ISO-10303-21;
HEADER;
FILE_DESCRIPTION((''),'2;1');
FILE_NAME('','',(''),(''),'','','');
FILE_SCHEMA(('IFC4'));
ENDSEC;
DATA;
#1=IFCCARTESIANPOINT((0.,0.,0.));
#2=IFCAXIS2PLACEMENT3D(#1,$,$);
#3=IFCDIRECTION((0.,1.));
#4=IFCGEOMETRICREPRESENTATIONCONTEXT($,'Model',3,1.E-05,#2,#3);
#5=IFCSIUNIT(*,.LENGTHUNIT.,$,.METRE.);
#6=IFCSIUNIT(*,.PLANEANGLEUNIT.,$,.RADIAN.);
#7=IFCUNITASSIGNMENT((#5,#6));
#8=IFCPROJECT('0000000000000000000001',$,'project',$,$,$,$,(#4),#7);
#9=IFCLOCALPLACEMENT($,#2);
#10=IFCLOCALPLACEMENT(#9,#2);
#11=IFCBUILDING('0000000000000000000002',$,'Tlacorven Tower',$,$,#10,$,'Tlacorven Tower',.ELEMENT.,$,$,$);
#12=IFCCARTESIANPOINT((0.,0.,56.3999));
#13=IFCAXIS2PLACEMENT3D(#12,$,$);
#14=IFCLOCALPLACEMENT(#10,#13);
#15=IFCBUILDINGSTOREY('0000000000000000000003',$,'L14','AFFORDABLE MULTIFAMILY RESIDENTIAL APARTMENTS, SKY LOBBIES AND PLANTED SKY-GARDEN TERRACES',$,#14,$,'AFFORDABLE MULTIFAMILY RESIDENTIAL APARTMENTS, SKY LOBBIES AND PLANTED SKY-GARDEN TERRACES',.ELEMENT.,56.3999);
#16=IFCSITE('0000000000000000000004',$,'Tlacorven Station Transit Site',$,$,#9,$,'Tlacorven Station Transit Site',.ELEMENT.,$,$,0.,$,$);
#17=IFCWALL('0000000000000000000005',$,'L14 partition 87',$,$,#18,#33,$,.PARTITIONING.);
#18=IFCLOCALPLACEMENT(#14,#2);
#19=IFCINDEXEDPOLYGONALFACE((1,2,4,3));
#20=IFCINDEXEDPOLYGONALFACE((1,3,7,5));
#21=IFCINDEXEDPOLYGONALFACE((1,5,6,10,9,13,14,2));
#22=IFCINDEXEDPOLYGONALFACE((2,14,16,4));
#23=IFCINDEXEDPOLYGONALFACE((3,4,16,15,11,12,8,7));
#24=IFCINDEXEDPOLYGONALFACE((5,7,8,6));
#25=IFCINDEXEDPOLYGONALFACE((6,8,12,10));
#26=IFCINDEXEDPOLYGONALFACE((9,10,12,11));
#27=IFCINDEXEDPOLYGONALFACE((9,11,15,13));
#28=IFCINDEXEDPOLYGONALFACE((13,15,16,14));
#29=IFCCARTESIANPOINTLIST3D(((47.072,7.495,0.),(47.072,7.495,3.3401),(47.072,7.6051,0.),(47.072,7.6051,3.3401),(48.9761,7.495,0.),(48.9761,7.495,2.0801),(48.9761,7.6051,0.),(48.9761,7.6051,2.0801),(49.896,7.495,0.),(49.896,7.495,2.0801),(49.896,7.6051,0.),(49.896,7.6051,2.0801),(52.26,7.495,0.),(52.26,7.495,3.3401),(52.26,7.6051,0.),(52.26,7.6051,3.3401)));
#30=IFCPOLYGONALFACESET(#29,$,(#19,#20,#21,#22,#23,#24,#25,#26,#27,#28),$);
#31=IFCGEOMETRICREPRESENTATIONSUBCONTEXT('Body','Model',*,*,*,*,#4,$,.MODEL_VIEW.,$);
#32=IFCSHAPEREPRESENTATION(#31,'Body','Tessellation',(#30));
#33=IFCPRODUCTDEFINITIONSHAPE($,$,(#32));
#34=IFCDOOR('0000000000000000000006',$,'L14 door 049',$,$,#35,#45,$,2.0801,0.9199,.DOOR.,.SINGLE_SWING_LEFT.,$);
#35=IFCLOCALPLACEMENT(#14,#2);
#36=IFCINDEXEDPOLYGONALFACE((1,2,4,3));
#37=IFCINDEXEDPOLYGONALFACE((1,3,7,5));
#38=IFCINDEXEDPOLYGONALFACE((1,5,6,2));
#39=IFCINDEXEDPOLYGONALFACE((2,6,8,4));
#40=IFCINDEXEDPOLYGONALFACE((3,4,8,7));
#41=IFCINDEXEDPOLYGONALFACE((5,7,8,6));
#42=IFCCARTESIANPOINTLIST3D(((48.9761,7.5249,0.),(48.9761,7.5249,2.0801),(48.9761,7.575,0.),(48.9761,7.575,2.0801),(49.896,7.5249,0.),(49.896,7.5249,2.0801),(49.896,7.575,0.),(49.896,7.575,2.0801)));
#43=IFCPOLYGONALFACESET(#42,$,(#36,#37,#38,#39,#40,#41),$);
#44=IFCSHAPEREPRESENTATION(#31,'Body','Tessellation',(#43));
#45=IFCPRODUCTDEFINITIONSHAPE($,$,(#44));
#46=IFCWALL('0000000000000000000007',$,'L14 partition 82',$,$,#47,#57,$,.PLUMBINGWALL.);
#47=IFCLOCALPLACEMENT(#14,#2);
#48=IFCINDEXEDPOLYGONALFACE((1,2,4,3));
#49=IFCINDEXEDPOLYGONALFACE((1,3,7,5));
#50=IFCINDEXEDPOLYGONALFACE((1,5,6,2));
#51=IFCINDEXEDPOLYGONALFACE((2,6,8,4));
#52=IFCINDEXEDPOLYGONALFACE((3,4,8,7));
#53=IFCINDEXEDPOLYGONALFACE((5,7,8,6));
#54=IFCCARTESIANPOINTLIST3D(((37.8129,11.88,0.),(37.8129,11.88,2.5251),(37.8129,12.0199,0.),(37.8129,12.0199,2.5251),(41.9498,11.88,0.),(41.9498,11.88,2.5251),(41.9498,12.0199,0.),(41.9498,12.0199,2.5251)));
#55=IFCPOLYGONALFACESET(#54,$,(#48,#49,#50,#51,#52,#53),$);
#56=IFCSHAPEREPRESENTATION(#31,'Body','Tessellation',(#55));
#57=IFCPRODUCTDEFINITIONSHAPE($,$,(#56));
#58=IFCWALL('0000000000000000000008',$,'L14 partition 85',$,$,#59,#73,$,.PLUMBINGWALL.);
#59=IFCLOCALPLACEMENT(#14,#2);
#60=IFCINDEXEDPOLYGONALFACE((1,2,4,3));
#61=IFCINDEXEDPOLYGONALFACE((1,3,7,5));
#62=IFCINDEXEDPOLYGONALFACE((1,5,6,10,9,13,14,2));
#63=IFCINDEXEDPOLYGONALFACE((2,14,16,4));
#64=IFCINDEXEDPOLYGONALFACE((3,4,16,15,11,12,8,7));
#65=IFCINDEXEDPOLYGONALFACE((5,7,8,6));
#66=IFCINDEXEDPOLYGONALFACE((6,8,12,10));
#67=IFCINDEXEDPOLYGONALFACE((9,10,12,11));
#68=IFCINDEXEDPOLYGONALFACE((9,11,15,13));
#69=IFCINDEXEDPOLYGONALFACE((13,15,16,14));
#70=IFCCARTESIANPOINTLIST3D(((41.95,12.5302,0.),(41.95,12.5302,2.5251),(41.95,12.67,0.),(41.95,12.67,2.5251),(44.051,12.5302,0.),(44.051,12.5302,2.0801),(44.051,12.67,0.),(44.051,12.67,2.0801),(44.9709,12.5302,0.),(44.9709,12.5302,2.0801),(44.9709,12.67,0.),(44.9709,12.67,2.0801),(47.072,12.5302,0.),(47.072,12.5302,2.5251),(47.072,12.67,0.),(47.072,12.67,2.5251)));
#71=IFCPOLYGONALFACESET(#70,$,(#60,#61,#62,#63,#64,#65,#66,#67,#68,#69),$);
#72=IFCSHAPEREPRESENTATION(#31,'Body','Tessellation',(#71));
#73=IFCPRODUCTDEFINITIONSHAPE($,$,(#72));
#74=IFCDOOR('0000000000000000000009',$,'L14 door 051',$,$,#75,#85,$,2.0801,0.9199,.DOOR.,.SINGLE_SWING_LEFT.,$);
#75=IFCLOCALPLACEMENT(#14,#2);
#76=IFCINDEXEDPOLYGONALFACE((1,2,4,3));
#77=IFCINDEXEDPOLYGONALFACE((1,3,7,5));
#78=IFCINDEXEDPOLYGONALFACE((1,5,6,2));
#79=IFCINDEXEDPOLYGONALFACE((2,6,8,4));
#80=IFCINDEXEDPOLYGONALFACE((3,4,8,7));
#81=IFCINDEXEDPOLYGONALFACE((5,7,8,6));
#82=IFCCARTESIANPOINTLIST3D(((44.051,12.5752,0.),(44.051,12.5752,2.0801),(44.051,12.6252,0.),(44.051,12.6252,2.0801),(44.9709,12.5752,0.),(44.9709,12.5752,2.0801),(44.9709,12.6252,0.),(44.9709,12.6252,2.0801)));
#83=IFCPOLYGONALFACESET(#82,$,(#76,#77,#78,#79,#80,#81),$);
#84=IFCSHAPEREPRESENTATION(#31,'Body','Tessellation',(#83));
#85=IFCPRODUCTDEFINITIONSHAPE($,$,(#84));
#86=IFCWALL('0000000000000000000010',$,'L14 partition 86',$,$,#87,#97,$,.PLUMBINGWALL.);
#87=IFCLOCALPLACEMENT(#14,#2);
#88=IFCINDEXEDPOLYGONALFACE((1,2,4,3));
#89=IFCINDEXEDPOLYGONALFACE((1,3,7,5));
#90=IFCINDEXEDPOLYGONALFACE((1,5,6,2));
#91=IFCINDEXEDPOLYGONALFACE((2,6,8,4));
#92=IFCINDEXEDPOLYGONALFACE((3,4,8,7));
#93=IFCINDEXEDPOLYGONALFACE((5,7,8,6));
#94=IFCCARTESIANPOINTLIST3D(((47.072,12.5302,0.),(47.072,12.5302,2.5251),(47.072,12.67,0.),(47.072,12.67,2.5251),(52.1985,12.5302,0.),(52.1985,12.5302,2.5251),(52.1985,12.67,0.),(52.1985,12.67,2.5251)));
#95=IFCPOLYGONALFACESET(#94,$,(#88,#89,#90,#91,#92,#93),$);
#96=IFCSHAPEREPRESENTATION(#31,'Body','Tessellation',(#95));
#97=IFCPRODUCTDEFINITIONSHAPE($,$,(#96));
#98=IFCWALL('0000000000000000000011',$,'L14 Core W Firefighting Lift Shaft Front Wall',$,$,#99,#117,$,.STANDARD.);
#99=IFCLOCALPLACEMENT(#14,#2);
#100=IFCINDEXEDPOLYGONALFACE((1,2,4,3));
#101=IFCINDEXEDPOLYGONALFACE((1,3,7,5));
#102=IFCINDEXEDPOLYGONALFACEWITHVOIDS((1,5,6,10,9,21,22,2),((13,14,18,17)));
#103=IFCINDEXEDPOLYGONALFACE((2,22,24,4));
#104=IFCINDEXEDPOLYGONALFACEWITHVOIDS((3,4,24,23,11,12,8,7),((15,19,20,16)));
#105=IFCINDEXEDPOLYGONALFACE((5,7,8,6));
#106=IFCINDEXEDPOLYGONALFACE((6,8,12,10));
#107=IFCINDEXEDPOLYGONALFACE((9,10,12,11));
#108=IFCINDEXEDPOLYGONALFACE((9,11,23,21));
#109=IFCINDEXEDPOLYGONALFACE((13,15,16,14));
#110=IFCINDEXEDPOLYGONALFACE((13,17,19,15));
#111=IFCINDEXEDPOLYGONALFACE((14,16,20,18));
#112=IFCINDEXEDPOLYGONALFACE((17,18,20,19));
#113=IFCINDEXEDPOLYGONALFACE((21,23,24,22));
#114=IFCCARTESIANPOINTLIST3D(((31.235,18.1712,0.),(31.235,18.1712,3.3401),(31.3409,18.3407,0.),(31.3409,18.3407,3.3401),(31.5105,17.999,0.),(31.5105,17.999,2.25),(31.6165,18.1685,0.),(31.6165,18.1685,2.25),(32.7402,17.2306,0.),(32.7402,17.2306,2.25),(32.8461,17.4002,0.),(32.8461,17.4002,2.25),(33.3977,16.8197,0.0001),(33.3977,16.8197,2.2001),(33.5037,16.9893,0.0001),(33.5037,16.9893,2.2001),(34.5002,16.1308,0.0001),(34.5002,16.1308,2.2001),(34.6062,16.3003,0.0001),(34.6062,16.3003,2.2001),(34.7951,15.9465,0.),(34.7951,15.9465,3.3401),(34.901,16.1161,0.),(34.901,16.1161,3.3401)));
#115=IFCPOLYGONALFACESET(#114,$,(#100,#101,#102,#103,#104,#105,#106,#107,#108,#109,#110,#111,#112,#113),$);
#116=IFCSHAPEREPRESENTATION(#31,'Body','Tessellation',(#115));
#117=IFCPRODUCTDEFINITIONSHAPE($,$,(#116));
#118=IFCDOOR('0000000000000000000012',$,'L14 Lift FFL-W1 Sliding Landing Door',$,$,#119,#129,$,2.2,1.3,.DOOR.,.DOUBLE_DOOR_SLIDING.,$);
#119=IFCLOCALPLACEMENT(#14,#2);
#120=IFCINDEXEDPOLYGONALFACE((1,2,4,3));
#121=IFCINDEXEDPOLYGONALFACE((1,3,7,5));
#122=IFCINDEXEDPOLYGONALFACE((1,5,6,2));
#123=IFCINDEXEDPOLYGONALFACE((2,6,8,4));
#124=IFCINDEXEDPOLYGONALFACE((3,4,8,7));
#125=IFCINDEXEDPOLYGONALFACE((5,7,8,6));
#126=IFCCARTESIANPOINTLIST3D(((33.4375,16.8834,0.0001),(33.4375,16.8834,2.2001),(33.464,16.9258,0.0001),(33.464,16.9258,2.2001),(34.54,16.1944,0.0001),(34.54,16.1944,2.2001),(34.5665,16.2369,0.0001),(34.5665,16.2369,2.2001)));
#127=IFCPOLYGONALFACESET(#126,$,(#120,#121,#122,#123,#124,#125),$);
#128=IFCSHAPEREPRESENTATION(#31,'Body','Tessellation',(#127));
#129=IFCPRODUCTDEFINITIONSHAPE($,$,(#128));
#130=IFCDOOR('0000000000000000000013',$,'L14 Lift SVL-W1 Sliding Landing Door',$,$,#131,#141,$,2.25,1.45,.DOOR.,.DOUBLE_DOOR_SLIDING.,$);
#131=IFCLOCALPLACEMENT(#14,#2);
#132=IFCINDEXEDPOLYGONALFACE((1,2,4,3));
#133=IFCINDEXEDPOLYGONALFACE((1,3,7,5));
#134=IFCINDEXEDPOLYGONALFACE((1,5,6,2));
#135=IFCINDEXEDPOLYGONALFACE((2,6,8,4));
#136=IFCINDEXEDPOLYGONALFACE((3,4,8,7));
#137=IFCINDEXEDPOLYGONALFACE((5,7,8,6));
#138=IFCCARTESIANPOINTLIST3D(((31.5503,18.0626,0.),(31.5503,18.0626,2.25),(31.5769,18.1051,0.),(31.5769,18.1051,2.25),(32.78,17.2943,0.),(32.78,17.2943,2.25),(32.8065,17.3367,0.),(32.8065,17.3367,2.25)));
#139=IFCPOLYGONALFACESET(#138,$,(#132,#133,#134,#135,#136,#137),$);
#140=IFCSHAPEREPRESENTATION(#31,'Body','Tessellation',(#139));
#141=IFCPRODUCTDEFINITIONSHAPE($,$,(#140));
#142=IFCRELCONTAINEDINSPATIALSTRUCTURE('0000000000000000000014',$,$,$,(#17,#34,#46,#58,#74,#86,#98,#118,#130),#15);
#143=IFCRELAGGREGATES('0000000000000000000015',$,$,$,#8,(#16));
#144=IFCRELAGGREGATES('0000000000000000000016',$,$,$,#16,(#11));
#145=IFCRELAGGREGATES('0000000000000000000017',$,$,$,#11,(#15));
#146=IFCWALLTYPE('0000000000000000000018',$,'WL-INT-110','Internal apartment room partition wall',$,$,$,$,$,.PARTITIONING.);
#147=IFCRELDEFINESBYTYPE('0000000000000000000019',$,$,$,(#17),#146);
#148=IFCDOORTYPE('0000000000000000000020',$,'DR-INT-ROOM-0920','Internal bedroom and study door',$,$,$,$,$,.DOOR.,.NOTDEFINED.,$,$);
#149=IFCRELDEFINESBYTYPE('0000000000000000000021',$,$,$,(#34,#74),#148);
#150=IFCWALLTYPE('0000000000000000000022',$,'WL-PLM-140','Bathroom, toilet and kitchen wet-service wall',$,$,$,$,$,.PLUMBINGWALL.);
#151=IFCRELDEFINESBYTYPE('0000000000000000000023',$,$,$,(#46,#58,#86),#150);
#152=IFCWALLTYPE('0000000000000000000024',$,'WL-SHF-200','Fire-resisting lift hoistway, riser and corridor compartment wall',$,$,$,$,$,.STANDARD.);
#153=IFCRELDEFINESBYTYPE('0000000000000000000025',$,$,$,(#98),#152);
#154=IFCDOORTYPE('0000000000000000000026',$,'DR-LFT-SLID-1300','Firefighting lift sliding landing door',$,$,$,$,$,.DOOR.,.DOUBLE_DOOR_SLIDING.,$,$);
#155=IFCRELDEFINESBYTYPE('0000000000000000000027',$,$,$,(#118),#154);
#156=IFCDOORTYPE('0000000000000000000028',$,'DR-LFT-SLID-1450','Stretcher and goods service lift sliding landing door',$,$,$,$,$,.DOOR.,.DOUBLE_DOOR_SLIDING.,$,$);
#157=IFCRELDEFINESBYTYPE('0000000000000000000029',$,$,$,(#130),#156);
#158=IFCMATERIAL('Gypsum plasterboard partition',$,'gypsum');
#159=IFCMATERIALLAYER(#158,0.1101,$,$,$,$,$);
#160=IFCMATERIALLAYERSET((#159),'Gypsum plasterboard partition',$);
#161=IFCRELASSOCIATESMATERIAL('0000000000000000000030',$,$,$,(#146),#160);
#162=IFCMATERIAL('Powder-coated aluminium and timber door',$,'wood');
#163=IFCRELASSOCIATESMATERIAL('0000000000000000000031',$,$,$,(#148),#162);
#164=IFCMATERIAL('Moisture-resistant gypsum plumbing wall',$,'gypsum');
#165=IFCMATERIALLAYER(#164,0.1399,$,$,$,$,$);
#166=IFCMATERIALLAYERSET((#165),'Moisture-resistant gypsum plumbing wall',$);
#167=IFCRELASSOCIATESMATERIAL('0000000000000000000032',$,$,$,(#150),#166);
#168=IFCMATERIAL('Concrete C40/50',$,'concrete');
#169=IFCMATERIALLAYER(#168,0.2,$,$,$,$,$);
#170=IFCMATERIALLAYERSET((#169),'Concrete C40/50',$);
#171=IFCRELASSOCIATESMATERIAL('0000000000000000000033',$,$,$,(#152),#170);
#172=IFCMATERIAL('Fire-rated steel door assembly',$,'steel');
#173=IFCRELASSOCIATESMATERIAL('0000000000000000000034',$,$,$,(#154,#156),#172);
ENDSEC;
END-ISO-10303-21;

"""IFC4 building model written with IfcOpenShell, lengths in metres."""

from ifc_helpers import new_model, si_unit, direction, frame, frame_2d, origin, place, context, subcontext, project, spatial, rectangle, extrude, source, transform, mapped, material, layer, layer_set, type_object, element, fill, save


model = new_model("IFC4")

# Units and contexts
model_context = context("Model", 3, precision=1e-05, world=origin(), true_north=direction((0.0, 1.0)))
body_context = subcontext(model_context, "Body", "Model", "MODEL_VIEW")
ifc_project = project(units=[si_unit("LENGTHUNIT", "METRE"), si_unit("PLANEANGLEUNIT", "RADIAN")], contexts=[model_context])

# Site, building, storey
site_placement = place(None, origin())
site = spatial("IfcSite", under=ifc_project, at=site_placement, Name="Tlacorven Station Transit Site", LongName="Tlacorven Station Transit Site", CompositionType="ELEMENT", RefElevation=0.0)
building_placement = place(site_placement, origin())
building = spatial("IfcBuilding", under=site, at=building_placement, Name="Tlacorven Tower", LongName="Tlacorven Tower", CompositionType="ELEMENT")
storey_placement = place(building_placement, frame((0.0, 0.0, 56.3999)))
storey = spatial("IfcBuildingStorey", under=building, at=storey_placement, Name="L14", Description="AFFORDABLE MULTIFAMILY RESIDENTIAL APARTMENTS, SKY LOBBIES AND PLANTED SKY-GARDEN TERRACES", LongName="AFFORDABLE MULTIFAMILY RESIDENTIAL APARTMENTS, SKY LOBBIES AND PLANTED SKY-GARDEN TERRACES", CompositionType="ELEMENT", Elevation=56.3999)

# Shared definitions
ifc_material_1 = material(Name="Fire-rated steel door assembly", Category="steel")

# Wall, opening, door
ifc_material_2 = material(Name="Gypsum plasterboard partition", Category="gypsum")
ifc_layer_1 = layer(ifc_material_2, 0.1101)
ifc_layer_set_1 = layer_set([ifc_layer_1], Name="Gypsum plasterboard partition")
wall_type_1 = type_object("IfcWallType", Name="WL-INT-110", Description="Internal apartment room partition wall", PredefinedType="PARTITIONING", material=ifc_layer_set_1)
ifc_material_3 = material(Name="Powder-coated aluminium and timber door", Category="wood")
door_type_1 = type_object("IfcDoorType", Name="DR-INT-ROOM-0920", Description="Internal bedroom and study door", OperationType="NOTDEFINED", PredefinedType="DOOR", material=ifc_material_3)
shared_shape_1 = source(origin(), body_context, "Body", "SweptSolid", [
    extrude(rectangle(XDim=0.9199, YDim=2.0801, at=frame_2d((0.46, 1.04))), frame((0.0, 0.0249, 0.0), z_axis=(0.0, -1.0, 0.0), x_axis=(1.0, 0.0, 0.0)), (0.0, 0.0, 1.0), 0.05),
])
wall_1_placement = place(storey_placement, frame((47.072, 7.55, 0.0), z_axis=(0.0, 0.0, 1.0), x_axis=(1.0, 0.0, 0.0)))
wall_1 = element("IfcWall", 1, at=wall_1_placement, inside=storey, type_object=wall_type_1, Name="L14 partition 87", PredefinedType="PARTITIONING", context=body_context, shape_type="SweptSolid", body=[
    extrude(rectangle(XDim=5.188, YDim=0.1101, at=frame_2d((2.594, 0.0))), origin(), (0.0, 0.0, 1.0), 3.3401),
])
opening_1_placement = place(wall_1_placement, frame((1.9041, 0.0, 0.0)))
opening_1 = element("IfcOpeningElement", 2, at=opening_1_placement, cuts=wall_1, PredefinedType="OPENING", context=body_context, shape_type="SweptSolid", body=[
    extrude(rectangle(XDim=0.9199, YDim=2.0801, at=frame_2d((0.46, 1.04))), frame((0.0, 0.0649, 0.0), z_axis=(0.0, -1.0, 0.0), x_axis=(1.0, 0.0, 0.0)), (0.0, 0.0, 1.0), 0.1301),
])
door_1_placement = place(opening_1_placement, origin())
door_1 = element("IfcDoor", 3, at=door_1_placement, inside=storey, type_object=door_type_1, Name="L14 door 049", OperationType="SINGLE_SWING_LEFT", OverallHeight=2.0801, OverallWidth=0.9199, PredefinedType="DOOR", context=body_context, shape_type="MappedRepresentation", body=[
    mapped(shared_shape_1, transform((0.0, 0.0, 0.0), scale=1.0)),
])
fill(opening_1, door_1)

# Wall
ifc_material_4 = material(Name="Moisture-resistant gypsum plumbing wall", Category="gypsum")
ifc_layer_2 = layer(ifc_material_4, 0.1399)
ifc_layer_set_2 = layer_set([ifc_layer_2], Name="Moisture-resistant gypsum plumbing wall")
wall_type_2 = type_object("IfcWallType", Name="WL-PLM-140", Description="Bathroom, toilet and kitchen wet-service wall", PredefinedType="PLUMBINGWALL", material=ifc_layer_set_2)
wall_2_placement = place(storey_placement, frame((37.813, 11.95, 0.0), z_axis=(0.0, 0.0, 1.0), x_axis=(1.0, 0.0, 0.0)))
element("IfcWall", 4, at=wall_2_placement, inside=storey, type_object=wall_type_2, Name="L14 partition 82", PredefinedType="PLUMBINGWALL", context=body_context, shape_type="SweptSolid", body=[
    extrude(rectangle(XDim=4.137, YDim=0.1399, at=frame_2d((2.0684, 0.0))), origin(), (0.0, 0.0, 1.0), 2.5251),
])

# Wall, opening, door
wall_3_placement = place(storey_placement, frame((41.95, 12.6001, 0.0), z_axis=(0.0, 0.0, 1.0), x_axis=(1.0, 0.0, 0.0)))
wall_3 = element("IfcWall", 5, at=wall_3_placement, inside=storey, type_object=wall_type_2, Name="L14 partition 85", PredefinedType="PLUMBINGWALL", context=body_context, shape_type="SweptSolid", body=[
    extrude(rectangle(XDim=5.1221, YDim=0.1399, at=frame_2d((2.561, 0.0))), origin(), (0.0, 0.0, 1.0), 2.5251),
])
opening_2_placement = place(wall_3_placement, frame((2.1011, 0.0, 0.0)))
opening_2 = element("IfcOpeningElement", 6, at=opening_2_placement, cuts=wall_3, PredefinedType="OPENING", context=body_context, shape_type="SweptSolid", body=[
    extrude(rectangle(XDim=0.9199, YDim=2.0801, at=frame_2d((0.46, 1.04))), frame((0.0, 0.0801, 0.0), z_axis=(0.0, -1.0, 0.0), x_axis=(1.0, 0.0, 0.0)), (0.0, 0.0, 1.0), 0.1599),
])
door_2_placement = place(opening_2_placement, frame((0.9199, 0.0, 0.0), z_axis=(0.0, 0.0, 1.0), x_axis=(-1.0, 0.0, 0.0)))
door_2 = element("IfcDoor", 7, at=door_2_placement, inside=storey, type_object=door_type_1, Name="L14 door 051", OperationType="SINGLE_SWING_LEFT", OverallHeight=2.0801, OverallWidth=0.9199, PredefinedType="DOOR", context=body_context, shape_type="MappedRepresentation", body=[
    mapped(shared_shape_1, transform((0.0, 0.0, 0.0), scale=1.0)),
])
fill(opening_2, door_2)

# Wall
wall_4_placement = place(storey_placement, frame((47.072, 12.6001, 0.0), z_axis=(0.0, 0.0, 1.0), x_axis=(1.0, 0.0, 0.0)))
element("IfcWall", 8, at=wall_4_placement, inside=storey, type_object=wall_type_2, Name="L14 partition 86", PredefinedType="PLUMBINGWALL", context=body_context, shape_type="SweptSolid", body=[
    extrude(rectangle(XDim=5.1265, YDim=0.1399, at=frame_2d((2.5632, 0.0))), origin(), (0.0, 0.0, 1.0), 2.5251),
])

# Wall, openings, doors
ifc_material_5 = material(Name="Concrete C40/50", Category="concrete")
ifc_layer_3 = layer(ifc_material_5, 0.2)
ifc_layer_set_3 = layer_set([ifc_layer_3], Name="Concrete C40/50")
wall_type_3 = type_object("IfcWallType", Name="WL-SHF-200", Description="Fire-resisting lift hoistway, riser and corridor compartment wall", PredefinedType="STANDARD", material=ifc_layer_set_3)
wall_5_placement = place(storey_placement, frame((34.8481, 16.0312, 0.0), z_axis=(0.0, 0.0, 1.0), x_axis=(-0.848044, 0.529926, 0.0)))
wall_5 = element("IfcWall", 9, at=wall_5_placement, inside=storey, type_object=wall_type_3, Name="L14 Core W Firefighting Lift Shaft Front Wall", PredefinedType="STANDARD", context=body_context, shape_type="SweptSolid", body=[
    extrude(rectangle(XDim=4.198, YDim=0.2, at=frame_2d((2.0991, 0.0))), origin(), (0.0, 0.0, 1.0), 3.3401),
])
opening_3_placement = place(wall_5_placement, frame((0.3479, 0.0, 0.0)))
opening_3 = element("IfcOpeningElement", 10, at=opening_3_placement, cuts=wall_5, PredefinedType="OPENING", context=body_context, shape_type="SweptSolid", body=[
    extrude(rectangle(XDim=1.3, YDim=2.2, at=frame_2d((0.6499, 1.1001))), frame((0.0, 0.1099, 0.0), z_axis=(0.0, -1.0, 0.0), x_axis=(1.0, 0.0, 0.0)), (0.0, 0.0, 1.0), 0.22),
])
opening_4_placement = place(wall_5_placement, frame((2.4231, 0.0, 0.0)))
opening_4 = element("IfcOpeningElement", 11, at=opening_4_placement, cuts=wall_5, PredefinedType="OPENING", context=body_context, shape_type="SweptSolid", body=[
    extrude(rectangle(XDim=1.45, YDim=2.25, at=frame_2d((0.7251, 1.125))), frame((0.0, 0.1099, 0.0), z_axis=(0.0, -1.0, 0.0), x_axis=(1.0, 0.0, 0.0)), (0.0, 0.0, 1.0), 0.22),
])
door_type_2 = type_object("IfcDoorType", Name="DR-LFT-SLID-1300", Description="Firefighting lift sliding landing door", OperationType="DOUBLE_DOOR_SLIDING", PredefinedType="DOOR", material=ifc_material_1)
shared_shape_2 = source(origin(), body_context, "Body", "SweptSolid", [
    extrude(rectangle(XDim=1.3, YDim=2.2, at=frame_2d((0.6499, 1.1001))), frame((0.0, 0.0249, 0.0), z_axis=(0.0, -1.0, 0.0), x_axis=(1.0, 0.0, 0.0)), (0.0, 0.0, 1.0), 0.05),
])
door_3_placement = place(opening_3_placement, origin())
door_3 = element("IfcDoor", 12, at=door_3_placement, inside=storey, type_object=door_type_2, Name="L14 Lift FFL-W1 Sliding Landing Door", OperationType="DOUBLE_DOOR_SLIDING", OverallHeight=2.2, OverallWidth=1.3, PredefinedType="DOOR", context=body_context, shape_type="MappedRepresentation", body=[
    mapped(shared_shape_2, transform((0.0, 0.0, 0.0), scale=1.0)),
])
fill(opening_3, door_3)
door_type_3 = type_object("IfcDoorType", Name="DR-LFT-SLID-1450", Description="Stretcher and goods service lift sliding landing door", OperationType="DOUBLE_DOOR_SLIDING", PredefinedType="DOOR", material=ifc_material_1)
shared_shape_3 = source(origin(), body_context, "Body", "SweptSolid", [
    extrude(rectangle(XDim=1.45, YDim=2.25, at=frame_2d((0.7251, 1.125))), frame((0.0, 0.0249, 0.0), z_axis=(0.0, -1.0, 0.0), x_axis=(1.0, 0.0, 0.0)), (0.0, 0.0, 1.0), 0.05),
])
door_4_placement = place(opening_4_placement, origin())
door_4 = element("IfcDoor", 13, at=door_4_placement, inside=storey, type_object=door_type_3, Name="L14 Lift SVL-W1 Sliding Landing Door", OperationType="DOUBLE_DOOR_SLIDING", OverallHeight=2.25, OverallWidth=1.45, PredefinedType="DOOR", context=body_context, shape_type="MappedRepresentation", body=[
    mapped(shared_shape_3, transform((0.0, 0.0, 0.0), scale=1.0)),
])
fill(opening_4, door_4)

save(model, "model.ifc")
